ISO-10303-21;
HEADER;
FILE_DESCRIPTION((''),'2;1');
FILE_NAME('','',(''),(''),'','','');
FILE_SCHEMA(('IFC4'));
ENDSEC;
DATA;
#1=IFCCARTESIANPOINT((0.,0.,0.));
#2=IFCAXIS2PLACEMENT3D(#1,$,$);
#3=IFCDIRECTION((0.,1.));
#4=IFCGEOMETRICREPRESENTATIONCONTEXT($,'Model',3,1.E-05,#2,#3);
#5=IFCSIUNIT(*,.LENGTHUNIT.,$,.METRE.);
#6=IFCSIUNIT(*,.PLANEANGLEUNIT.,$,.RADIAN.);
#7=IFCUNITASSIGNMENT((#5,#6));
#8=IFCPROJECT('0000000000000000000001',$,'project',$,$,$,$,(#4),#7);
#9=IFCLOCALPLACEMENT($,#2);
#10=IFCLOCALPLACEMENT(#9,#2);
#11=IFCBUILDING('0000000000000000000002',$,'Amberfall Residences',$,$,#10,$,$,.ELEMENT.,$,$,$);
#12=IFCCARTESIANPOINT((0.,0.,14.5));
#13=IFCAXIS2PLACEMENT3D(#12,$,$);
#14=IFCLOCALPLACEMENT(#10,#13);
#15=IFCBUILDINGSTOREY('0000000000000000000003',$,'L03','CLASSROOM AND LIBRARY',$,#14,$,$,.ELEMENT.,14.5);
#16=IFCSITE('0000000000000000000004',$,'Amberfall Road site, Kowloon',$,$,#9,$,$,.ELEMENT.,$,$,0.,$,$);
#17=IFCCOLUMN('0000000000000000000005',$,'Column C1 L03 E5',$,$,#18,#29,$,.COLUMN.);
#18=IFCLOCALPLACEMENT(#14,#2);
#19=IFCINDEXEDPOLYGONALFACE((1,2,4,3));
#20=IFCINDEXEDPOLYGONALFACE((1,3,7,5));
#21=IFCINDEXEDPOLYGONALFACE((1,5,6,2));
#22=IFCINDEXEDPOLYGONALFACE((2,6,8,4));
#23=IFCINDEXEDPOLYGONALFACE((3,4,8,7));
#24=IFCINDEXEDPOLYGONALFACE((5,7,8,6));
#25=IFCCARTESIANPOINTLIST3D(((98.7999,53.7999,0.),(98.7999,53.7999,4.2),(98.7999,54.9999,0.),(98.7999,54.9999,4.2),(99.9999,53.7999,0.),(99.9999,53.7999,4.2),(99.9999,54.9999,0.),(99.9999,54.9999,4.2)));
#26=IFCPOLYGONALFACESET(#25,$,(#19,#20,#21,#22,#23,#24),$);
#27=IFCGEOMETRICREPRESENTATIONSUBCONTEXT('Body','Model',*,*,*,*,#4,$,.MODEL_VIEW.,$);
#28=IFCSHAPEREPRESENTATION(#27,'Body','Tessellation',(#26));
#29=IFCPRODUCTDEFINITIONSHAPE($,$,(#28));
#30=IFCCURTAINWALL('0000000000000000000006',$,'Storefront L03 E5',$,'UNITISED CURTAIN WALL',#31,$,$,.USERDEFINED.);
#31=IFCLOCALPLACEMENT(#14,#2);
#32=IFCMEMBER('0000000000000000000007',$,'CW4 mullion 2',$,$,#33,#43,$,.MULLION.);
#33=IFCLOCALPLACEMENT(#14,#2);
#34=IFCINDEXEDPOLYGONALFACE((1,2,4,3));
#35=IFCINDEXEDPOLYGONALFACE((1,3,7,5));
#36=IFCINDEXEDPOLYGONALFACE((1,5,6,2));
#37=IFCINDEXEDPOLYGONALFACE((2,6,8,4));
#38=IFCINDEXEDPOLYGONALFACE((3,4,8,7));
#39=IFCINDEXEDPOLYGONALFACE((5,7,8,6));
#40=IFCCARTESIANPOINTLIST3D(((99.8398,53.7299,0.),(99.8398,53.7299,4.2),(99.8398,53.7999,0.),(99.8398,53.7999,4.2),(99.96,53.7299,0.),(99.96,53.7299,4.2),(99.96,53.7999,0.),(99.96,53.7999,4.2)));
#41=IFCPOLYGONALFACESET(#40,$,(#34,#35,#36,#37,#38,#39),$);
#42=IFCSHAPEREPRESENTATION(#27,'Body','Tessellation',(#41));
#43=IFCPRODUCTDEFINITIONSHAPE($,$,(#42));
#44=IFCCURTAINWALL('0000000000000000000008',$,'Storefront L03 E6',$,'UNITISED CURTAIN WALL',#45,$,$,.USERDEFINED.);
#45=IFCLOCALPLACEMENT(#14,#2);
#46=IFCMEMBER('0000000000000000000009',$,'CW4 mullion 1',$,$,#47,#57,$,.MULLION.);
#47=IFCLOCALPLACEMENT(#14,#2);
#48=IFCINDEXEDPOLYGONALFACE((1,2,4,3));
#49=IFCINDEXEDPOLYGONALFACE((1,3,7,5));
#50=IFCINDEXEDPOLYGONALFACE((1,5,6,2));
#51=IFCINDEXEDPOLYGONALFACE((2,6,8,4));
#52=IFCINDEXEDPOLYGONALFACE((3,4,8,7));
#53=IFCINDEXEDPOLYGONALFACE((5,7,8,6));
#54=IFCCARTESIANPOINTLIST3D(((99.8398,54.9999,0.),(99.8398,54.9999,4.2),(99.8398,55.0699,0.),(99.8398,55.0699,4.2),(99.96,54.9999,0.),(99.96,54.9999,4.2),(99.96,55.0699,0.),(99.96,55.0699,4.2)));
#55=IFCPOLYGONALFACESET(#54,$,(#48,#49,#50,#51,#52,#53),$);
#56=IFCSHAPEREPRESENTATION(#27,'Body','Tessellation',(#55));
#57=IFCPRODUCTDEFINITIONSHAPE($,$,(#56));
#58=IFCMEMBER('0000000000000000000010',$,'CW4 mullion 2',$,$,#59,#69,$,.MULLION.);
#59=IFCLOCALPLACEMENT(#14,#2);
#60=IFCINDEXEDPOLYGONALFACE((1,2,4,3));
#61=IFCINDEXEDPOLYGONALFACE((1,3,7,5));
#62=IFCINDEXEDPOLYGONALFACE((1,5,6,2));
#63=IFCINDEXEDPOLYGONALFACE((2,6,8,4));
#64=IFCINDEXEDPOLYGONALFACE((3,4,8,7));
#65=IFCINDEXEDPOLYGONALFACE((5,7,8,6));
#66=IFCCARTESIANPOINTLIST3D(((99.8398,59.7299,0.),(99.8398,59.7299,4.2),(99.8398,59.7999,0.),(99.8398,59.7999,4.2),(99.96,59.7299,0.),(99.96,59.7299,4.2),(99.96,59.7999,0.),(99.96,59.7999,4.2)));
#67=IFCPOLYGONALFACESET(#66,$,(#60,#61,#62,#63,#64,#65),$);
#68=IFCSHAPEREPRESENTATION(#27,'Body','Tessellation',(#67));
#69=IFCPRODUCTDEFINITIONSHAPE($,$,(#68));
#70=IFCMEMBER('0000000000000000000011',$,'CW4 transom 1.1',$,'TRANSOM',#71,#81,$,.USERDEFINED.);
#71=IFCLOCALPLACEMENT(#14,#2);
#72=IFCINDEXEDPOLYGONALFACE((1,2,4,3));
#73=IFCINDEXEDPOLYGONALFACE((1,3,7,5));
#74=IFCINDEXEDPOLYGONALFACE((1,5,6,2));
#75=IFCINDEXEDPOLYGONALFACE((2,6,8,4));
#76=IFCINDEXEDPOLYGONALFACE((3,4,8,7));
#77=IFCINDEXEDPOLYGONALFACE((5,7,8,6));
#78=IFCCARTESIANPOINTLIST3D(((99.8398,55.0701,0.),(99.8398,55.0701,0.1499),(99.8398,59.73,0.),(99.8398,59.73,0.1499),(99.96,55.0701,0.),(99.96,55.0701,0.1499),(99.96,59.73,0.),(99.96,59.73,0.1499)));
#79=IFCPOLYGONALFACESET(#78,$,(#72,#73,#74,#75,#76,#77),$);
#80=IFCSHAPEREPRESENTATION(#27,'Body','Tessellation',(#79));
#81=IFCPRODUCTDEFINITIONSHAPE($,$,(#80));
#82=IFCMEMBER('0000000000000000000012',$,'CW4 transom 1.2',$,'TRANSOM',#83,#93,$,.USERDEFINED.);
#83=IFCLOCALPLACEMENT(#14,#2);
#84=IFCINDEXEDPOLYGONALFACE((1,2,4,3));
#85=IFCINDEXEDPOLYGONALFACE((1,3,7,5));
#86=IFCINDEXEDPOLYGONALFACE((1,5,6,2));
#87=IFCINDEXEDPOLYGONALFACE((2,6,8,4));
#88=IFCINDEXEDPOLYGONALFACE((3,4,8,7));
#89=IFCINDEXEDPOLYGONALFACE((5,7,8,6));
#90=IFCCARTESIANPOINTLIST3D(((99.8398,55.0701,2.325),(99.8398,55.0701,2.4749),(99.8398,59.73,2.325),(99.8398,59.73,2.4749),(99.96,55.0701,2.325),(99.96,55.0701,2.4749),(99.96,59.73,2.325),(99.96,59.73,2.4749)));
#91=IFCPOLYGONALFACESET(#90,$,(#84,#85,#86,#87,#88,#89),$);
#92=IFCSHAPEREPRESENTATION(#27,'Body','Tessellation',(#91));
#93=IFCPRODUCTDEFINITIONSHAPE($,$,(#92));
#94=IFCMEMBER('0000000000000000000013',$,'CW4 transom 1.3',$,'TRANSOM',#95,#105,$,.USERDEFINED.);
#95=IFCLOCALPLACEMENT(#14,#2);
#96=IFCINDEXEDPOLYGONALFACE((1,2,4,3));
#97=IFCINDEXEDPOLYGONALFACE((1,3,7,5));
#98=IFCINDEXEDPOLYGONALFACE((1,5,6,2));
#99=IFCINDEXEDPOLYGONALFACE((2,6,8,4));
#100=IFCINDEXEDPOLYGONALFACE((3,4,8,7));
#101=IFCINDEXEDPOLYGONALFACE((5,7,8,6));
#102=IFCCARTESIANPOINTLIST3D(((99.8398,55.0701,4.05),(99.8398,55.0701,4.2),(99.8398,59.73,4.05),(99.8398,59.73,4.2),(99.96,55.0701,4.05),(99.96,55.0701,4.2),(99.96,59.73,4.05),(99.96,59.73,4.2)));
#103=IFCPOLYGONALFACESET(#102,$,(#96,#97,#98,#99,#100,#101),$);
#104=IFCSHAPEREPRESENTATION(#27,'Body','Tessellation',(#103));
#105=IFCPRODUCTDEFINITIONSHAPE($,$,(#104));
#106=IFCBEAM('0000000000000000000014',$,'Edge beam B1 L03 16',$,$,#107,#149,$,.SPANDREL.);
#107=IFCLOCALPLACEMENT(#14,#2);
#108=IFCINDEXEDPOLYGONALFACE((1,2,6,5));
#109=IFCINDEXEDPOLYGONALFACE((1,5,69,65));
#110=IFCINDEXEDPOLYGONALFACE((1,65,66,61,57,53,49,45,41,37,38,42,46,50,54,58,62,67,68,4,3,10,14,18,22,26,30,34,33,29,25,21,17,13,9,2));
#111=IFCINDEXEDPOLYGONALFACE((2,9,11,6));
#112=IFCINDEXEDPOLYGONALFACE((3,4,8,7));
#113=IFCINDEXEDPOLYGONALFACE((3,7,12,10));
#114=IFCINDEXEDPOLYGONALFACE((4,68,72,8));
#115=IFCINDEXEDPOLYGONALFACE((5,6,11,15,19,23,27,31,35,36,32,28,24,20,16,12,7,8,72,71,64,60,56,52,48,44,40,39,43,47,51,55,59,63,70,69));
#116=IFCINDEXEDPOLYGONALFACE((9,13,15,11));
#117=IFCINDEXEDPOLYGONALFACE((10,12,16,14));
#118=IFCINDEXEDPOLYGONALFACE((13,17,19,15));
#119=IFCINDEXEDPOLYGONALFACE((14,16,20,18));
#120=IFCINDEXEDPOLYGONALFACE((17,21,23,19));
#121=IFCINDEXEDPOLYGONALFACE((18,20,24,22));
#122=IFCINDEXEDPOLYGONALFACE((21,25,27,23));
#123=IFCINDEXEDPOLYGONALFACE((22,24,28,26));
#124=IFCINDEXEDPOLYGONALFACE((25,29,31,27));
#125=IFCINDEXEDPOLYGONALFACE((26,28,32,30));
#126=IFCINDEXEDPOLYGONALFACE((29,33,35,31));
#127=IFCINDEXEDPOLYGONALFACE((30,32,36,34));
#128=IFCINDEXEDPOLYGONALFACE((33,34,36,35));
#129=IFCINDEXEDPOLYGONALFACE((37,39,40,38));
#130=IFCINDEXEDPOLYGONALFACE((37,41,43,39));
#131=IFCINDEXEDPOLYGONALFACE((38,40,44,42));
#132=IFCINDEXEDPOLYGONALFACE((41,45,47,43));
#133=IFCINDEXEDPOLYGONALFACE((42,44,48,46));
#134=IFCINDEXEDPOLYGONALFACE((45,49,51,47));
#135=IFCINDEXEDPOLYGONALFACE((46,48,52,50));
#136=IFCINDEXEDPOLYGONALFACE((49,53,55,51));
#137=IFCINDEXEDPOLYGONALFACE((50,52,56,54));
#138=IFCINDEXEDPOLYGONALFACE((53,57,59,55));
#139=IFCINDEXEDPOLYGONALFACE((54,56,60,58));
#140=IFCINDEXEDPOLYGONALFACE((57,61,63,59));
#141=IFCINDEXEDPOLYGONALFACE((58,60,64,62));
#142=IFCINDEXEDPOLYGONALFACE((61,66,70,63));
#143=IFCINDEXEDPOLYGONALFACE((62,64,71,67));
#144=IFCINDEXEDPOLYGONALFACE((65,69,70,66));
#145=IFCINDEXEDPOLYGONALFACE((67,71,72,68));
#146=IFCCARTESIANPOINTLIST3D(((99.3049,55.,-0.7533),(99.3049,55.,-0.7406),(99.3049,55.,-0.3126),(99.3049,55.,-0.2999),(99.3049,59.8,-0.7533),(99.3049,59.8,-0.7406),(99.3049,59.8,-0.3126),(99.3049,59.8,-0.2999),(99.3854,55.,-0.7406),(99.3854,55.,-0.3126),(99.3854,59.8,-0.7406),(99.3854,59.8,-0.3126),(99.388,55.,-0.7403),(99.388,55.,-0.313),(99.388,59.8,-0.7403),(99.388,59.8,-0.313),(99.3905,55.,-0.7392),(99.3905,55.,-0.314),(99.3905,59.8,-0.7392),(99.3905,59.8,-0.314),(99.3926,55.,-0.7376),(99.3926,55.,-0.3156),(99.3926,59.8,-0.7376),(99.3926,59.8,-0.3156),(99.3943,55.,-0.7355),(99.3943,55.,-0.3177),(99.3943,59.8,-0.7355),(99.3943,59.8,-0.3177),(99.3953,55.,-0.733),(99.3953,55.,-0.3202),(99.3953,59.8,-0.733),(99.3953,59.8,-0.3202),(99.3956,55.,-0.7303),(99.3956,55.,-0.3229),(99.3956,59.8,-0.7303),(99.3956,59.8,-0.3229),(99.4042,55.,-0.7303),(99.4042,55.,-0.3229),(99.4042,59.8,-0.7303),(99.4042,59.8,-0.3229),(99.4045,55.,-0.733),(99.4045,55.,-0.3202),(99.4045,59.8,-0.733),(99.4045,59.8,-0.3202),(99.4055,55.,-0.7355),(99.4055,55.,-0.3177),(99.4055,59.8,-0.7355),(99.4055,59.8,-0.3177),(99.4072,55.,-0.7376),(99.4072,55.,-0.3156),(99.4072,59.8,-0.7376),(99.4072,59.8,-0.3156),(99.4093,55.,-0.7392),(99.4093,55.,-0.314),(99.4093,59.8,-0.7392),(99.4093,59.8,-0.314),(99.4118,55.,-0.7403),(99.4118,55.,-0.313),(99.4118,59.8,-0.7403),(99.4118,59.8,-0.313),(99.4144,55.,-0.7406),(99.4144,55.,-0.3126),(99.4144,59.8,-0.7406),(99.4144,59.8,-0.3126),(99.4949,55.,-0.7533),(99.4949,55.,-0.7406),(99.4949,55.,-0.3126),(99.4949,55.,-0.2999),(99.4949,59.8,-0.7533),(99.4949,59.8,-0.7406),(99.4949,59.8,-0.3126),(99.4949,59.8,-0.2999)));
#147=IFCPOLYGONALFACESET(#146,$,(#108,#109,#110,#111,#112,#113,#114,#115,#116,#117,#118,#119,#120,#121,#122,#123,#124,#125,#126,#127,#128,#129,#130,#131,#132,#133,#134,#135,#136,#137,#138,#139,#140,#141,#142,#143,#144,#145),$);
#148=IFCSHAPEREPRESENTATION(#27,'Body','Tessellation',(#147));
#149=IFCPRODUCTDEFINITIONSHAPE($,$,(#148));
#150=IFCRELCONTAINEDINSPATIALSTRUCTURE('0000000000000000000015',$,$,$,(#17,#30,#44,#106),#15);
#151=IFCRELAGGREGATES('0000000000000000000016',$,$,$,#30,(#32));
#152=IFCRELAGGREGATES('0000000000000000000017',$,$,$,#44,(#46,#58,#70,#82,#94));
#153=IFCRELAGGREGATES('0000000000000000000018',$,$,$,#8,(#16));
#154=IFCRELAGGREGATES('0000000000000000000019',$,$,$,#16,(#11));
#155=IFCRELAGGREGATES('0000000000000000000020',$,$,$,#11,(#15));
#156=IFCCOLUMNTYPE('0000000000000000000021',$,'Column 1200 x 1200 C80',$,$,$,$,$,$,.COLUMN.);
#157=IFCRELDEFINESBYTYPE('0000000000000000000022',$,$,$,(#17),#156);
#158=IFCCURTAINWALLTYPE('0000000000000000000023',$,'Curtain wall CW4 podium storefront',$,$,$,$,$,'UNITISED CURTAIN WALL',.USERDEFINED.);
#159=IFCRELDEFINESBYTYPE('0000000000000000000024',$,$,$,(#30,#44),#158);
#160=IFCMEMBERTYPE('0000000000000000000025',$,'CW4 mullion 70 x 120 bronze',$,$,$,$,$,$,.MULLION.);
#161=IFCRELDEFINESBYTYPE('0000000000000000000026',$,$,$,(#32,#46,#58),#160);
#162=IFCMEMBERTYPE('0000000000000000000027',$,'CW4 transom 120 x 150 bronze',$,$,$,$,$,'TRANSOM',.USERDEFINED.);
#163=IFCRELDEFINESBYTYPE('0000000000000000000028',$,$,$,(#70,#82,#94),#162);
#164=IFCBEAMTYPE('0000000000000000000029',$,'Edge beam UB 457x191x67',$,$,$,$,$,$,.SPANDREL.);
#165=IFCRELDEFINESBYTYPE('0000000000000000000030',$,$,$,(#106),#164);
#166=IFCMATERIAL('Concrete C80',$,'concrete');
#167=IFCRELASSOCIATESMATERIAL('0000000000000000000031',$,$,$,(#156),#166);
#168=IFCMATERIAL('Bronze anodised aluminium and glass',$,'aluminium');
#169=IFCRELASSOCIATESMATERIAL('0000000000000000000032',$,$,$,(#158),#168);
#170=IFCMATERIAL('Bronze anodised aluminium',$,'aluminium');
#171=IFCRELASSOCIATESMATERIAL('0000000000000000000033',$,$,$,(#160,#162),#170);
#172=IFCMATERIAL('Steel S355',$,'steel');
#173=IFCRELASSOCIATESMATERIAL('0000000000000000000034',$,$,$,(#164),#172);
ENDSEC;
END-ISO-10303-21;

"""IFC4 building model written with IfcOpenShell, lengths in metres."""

from ifc_helpers import new_model, si_unit, direction, frame, origin, origin_2d, place, context, subcontext, project, spatial, rectangle, i_section, extrude, material, material_profile, profile_set, type_object, element, aggregate, save


model = new_model("IFC4")

# Units and contexts
model_context = context("Model", 3, precision=1e-05, world=origin(), true_north=direction((0.0, 1.0)))
body_context = subcontext(model_context, "Body", "Model", "MODEL_VIEW")
ifc_project = project(units=[si_unit("LENGTHUNIT", "METRE"), si_unit("PLANEANGLEUNIT", "RADIAN")], contexts=[model_context])

# Site, building, storey
site_placement = place(None, origin())
site = spatial("IfcSite", under=ifc_project, at=site_placement, Name="Amberfall Road site, Kowloon", CompositionType="ELEMENT", RefElevation=0.0)
building_placement = place(site_placement, origin())
building = spatial("IfcBuilding", under=site, at=building_placement, Name="Amberfall Residences", CompositionType="ELEMENT")
storey_placement = place(building_placement, frame((0.0, 0.0, 14.5)))
storey = spatial("IfcBuildingStorey", under=building, at=storey_placement, Name="L03", Description="CLASSROOM AND LIBRARY", CompositionType="ELEMENT", Elevation=14.5)

# Column
ifc_material_1 = material(Name="Concrete C80", Category="concrete")
ifc_material_profile_1 = material_profile(ifc_material_1, rectangle(XDim=1.2, YDim=1.2, at=origin_2d()), Name="Column 1200 x 1200 C80")
ifc_profile_set_1 = profile_set([ifc_material_profile_1], Name="Concrete C80")
column_type = type_object("IfcColumnType", Name="Column 1200 x 1200 C80", PredefinedType="COLUMN", material=ifc_profile_set_1)
column_placement = place(storey_placement, frame((99.3999, 54.3999, 0.0), z_axis=(0.0, 0.0, 1.0), x_axis=(1.0, 0.0, 0.0)))
element("IfcColumn", 1, at=column_placement, inside=storey, type_object=column_type, Name="Column C1 L03 E5", PredefinedType="COLUMN", context=body_context, shape_type="SweptSolid", body=[
    extrude(rectangle(XDim=1.2, YDim=1.2, at=origin_2d()), origin(), (0.0, 0.0, 1.0), 4.2),
])

# Curtain wall, member
ifc_material_2 = material(Name="Bronze anodised aluminium and glass", Category="aluminium")
curtain_wall_type = type_object("IfcCurtainWallType", Name="Curtain wall CW4 podium storefront", ElementType="UNITISED CURTAIN WALL", PredefinedType="USERDEFINED", material=ifc_material_2)
curtain_wall_1_placement = place(storey_placement, origin())
curtain_wall_1 = element("IfcCurtainWall", 2, at=curtain_wall_1_placement, inside=storey, type_object=curtain_wall_type, Name="Storefront L03 E5", ObjectType="UNITISED CURTAIN WALL", PredefinedType="USERDEFINED")
ifc_material_3 = material(Name="Bronze anodised aluminium", Category="aluminium")
ifc_material_profile_2 = material_profile(ifc_material_3, rectangle(XDim=0.1201, YDim=0.0701, at=origin_2d()), Name="CW4 mullion 70 x 120 bronze")
ifc_profile_set_2 = profile_set([ifc_material_profile_2], Name="Bronze anodised aluminium")
member_type_1 = type_object("IfcMemberType", Name="CW4 mullion 70 x 120 bronze", PredefinedType="MULLION", material=ifc_profile_set_2)
member_1_placement = place(storey_placement, frame((99.8999, 53.7649, 0.0), z_axis=(0.0, 0.0, 1.0), x_axis=(-1.0, 0.0, 0.0)))
member_1 = element("IfcMember", 3, at=member_1_placement, type_object=member_type_1, Name="CW4 mullion 2", PredefinedType="MULLION", context=body_context, shape_type="SweptSolid", body=[
    extrude(rectangle(XDim=0.1201, YDim=0.0701, at=origin_2d()), origin(), (0.0, 0.0, 1.0), 4.2),
])
aggregate(curtain_wall_1, [member_1])

# Curtain wall, members
curtain_wall_2_placement = place(storey_placement, origin())
curtain_wall_2 = element("IfcCurtainWall", 4, at=curtain_wall_2_placement, inside=storey, type_object=curtain_wall_type, Name="Storefront L03 E6", ObjectType="UNITISED CURTAIN WALL", PredefinedType="USERDEFINED")
member_2_placement = place(storey_placement, frame((99.8999, 55.0349, 0.0), z_axis=(0.0, 0.0, 1.0), x_axis=(-1.0, 0.0, 0.0)))
member_2 = element("IfcMember", 5, at=member_2_placement, type_object=member_type_1, Name="CW4 mullion 1", PredefinedType="MULLION", context=body_context, shape_type="SweptSolid", body=[
    extrude(rectangle(XDim=0.1201, YDim=0.0701, at=origin_2d()), origin(), (0.0, 0.0, 1.0), 4.2),
])
member_3_placement = place(storey_placement, frame((99.8999, 59.7649, 0.0), z_axis=(0.0, 0.0, 1.0), x_axis=(-1.0, 0.0, 0.0)))
member_3 = element("IfcMember", 6, at=member_3_placement, type_object=member_type_1, Name="CW4 mullion 2", PredefinedType="MULLION", context=body_context, shape_type="SweptSolid", body=[
    extrude(rectangle(XDim=0.1201, YDim=0.0701, at=origin_2d()), origin(), (0.0, 0.0, 1.0), 4.2),
])
ifc_material_profile_3 = material_profile(ifc_material_3, rectangle(XDim=0.1201, YDim=0.1499, at=origin_2d()), Name="CW4 transom 120 x 150 bronze")
ifc_profile_set_3 = profile_set([ifc_material_profile_3], Name="Bronze anodised aluminium")
member_type_2 = type_object("IfcMemberType", Name="CW4 transom 120 x 150 bronze", ElementType="TRANSOM", PredefinedType="USERDEFINED", material=ifc_profile_set_3)
member_4_placement = place(storey_placement, frame((99.8999, 55.0701, 0.075), z_axis=(0.0, 1.0, 0.0), x_axis=(-1.0, 0.0, 0.0)))
member_4 = element("IfcMember", 7, at=member_4_placement, type_object=member_type_2, Name="CW4 transom 1.1", ObjectType="TRANSOM", PredefinedType="USERDEFINED", context=body_context, shape_type="SweptSolid", body=[
    extrude(rectangle(XDim=0.1201, YDim=0.1499, at=origin_2d()), origin(), (0.0, 0.0, 1.0), 4.6599),
])
member_5_placement = place(storey_placement, frame((99.8999, 55.0701, 2.3999), z_axis=(0.0, 1.0, 0.0), x_axis=(-1.0, 0.0, 0.0)))
member_5 = element("IfcMember", 8, at=member_5_placement, type_object=member_type_2, Name="CW4 transom 1.2", ObjectType="TRANSOM", PredefinedType="USERDEFINED", context=body_context, shape_type="SweptSolid", body=[
    extrude(rectangle(XDim=0.1201, YDim=0.1499, at=origin_2d()), origin(), (0.0, 0.0, 1.0), 4.6599),
])
member_6_placement = place(storey_placement, frame((99.8999, 55.0701, 4.125), z_axis=(0.0, 1.0, 0.0), x_axis=(-1.0, 0.0, 0.0)))
member_6 = element("IfcMember", 9, at=member_6_placement, type_object=member_type_2, Name="CW4 transom 1.3", ObjectType="TRANSOM", PredefinedType="USERDEFINED", context=body_context, shape_type="SweptSolid", body=[
    extrude(rectangle(XDim=0.1201, YDim=0.1499, at=origin_2d()), origin(), (0.0, 0.0, 1.0), 4.6599),
])

# Beam
ifc_material_4 = material(Name="Steel S355", Category="steel")
ifc_material_profile_4 = material_profile(ifc_material_4, i_section(OverallWidth=0.1899, OverallDepth=0.4534, WebThickness=0.0085, FlangeThickness=0.0127, FilletRadius=0.0103, at=origin_2d()), Name="UB 457x191x67")
ifc_profile_set_4 = profile_set([ifc_material_profile_4], Name="Steel S355")
beam_type_1 = type_object("IfcBeamType", Name="Edge beam UB 457x191x67", PredefinedType="SPANDREL", material=ifc_profile_set_4)
beam_1_placement = place(storey_placement, frame((99.3999, 55.0, -0.5266), z_axis=(0.0, 1.0, 0.0), x_axis=(-1.0, 0.0, 0.0)))
element("IfcBeam", 10, at=beam_1_placement, inside=storey, type_object=beam_type_1, Name="Edge beam B1 L03 16", PredefinedType="SPANDREL", context=body_context, shape_type="SweptSolid", body=[
    extrude(i_section(OverallWidth=0.1899, OverallDepth=0.4534, WebThickness=0.0085, FlangeThickness=0.0127, FilletRadius=0.0103, at=origin_2d()), origin(), (0.0, 0.0, 1.0), 4.8),
])

aggregate(curtain_wall_2, [member_2, member_3, member_4, member_5, member_6])

save(model, "model.ifc")
